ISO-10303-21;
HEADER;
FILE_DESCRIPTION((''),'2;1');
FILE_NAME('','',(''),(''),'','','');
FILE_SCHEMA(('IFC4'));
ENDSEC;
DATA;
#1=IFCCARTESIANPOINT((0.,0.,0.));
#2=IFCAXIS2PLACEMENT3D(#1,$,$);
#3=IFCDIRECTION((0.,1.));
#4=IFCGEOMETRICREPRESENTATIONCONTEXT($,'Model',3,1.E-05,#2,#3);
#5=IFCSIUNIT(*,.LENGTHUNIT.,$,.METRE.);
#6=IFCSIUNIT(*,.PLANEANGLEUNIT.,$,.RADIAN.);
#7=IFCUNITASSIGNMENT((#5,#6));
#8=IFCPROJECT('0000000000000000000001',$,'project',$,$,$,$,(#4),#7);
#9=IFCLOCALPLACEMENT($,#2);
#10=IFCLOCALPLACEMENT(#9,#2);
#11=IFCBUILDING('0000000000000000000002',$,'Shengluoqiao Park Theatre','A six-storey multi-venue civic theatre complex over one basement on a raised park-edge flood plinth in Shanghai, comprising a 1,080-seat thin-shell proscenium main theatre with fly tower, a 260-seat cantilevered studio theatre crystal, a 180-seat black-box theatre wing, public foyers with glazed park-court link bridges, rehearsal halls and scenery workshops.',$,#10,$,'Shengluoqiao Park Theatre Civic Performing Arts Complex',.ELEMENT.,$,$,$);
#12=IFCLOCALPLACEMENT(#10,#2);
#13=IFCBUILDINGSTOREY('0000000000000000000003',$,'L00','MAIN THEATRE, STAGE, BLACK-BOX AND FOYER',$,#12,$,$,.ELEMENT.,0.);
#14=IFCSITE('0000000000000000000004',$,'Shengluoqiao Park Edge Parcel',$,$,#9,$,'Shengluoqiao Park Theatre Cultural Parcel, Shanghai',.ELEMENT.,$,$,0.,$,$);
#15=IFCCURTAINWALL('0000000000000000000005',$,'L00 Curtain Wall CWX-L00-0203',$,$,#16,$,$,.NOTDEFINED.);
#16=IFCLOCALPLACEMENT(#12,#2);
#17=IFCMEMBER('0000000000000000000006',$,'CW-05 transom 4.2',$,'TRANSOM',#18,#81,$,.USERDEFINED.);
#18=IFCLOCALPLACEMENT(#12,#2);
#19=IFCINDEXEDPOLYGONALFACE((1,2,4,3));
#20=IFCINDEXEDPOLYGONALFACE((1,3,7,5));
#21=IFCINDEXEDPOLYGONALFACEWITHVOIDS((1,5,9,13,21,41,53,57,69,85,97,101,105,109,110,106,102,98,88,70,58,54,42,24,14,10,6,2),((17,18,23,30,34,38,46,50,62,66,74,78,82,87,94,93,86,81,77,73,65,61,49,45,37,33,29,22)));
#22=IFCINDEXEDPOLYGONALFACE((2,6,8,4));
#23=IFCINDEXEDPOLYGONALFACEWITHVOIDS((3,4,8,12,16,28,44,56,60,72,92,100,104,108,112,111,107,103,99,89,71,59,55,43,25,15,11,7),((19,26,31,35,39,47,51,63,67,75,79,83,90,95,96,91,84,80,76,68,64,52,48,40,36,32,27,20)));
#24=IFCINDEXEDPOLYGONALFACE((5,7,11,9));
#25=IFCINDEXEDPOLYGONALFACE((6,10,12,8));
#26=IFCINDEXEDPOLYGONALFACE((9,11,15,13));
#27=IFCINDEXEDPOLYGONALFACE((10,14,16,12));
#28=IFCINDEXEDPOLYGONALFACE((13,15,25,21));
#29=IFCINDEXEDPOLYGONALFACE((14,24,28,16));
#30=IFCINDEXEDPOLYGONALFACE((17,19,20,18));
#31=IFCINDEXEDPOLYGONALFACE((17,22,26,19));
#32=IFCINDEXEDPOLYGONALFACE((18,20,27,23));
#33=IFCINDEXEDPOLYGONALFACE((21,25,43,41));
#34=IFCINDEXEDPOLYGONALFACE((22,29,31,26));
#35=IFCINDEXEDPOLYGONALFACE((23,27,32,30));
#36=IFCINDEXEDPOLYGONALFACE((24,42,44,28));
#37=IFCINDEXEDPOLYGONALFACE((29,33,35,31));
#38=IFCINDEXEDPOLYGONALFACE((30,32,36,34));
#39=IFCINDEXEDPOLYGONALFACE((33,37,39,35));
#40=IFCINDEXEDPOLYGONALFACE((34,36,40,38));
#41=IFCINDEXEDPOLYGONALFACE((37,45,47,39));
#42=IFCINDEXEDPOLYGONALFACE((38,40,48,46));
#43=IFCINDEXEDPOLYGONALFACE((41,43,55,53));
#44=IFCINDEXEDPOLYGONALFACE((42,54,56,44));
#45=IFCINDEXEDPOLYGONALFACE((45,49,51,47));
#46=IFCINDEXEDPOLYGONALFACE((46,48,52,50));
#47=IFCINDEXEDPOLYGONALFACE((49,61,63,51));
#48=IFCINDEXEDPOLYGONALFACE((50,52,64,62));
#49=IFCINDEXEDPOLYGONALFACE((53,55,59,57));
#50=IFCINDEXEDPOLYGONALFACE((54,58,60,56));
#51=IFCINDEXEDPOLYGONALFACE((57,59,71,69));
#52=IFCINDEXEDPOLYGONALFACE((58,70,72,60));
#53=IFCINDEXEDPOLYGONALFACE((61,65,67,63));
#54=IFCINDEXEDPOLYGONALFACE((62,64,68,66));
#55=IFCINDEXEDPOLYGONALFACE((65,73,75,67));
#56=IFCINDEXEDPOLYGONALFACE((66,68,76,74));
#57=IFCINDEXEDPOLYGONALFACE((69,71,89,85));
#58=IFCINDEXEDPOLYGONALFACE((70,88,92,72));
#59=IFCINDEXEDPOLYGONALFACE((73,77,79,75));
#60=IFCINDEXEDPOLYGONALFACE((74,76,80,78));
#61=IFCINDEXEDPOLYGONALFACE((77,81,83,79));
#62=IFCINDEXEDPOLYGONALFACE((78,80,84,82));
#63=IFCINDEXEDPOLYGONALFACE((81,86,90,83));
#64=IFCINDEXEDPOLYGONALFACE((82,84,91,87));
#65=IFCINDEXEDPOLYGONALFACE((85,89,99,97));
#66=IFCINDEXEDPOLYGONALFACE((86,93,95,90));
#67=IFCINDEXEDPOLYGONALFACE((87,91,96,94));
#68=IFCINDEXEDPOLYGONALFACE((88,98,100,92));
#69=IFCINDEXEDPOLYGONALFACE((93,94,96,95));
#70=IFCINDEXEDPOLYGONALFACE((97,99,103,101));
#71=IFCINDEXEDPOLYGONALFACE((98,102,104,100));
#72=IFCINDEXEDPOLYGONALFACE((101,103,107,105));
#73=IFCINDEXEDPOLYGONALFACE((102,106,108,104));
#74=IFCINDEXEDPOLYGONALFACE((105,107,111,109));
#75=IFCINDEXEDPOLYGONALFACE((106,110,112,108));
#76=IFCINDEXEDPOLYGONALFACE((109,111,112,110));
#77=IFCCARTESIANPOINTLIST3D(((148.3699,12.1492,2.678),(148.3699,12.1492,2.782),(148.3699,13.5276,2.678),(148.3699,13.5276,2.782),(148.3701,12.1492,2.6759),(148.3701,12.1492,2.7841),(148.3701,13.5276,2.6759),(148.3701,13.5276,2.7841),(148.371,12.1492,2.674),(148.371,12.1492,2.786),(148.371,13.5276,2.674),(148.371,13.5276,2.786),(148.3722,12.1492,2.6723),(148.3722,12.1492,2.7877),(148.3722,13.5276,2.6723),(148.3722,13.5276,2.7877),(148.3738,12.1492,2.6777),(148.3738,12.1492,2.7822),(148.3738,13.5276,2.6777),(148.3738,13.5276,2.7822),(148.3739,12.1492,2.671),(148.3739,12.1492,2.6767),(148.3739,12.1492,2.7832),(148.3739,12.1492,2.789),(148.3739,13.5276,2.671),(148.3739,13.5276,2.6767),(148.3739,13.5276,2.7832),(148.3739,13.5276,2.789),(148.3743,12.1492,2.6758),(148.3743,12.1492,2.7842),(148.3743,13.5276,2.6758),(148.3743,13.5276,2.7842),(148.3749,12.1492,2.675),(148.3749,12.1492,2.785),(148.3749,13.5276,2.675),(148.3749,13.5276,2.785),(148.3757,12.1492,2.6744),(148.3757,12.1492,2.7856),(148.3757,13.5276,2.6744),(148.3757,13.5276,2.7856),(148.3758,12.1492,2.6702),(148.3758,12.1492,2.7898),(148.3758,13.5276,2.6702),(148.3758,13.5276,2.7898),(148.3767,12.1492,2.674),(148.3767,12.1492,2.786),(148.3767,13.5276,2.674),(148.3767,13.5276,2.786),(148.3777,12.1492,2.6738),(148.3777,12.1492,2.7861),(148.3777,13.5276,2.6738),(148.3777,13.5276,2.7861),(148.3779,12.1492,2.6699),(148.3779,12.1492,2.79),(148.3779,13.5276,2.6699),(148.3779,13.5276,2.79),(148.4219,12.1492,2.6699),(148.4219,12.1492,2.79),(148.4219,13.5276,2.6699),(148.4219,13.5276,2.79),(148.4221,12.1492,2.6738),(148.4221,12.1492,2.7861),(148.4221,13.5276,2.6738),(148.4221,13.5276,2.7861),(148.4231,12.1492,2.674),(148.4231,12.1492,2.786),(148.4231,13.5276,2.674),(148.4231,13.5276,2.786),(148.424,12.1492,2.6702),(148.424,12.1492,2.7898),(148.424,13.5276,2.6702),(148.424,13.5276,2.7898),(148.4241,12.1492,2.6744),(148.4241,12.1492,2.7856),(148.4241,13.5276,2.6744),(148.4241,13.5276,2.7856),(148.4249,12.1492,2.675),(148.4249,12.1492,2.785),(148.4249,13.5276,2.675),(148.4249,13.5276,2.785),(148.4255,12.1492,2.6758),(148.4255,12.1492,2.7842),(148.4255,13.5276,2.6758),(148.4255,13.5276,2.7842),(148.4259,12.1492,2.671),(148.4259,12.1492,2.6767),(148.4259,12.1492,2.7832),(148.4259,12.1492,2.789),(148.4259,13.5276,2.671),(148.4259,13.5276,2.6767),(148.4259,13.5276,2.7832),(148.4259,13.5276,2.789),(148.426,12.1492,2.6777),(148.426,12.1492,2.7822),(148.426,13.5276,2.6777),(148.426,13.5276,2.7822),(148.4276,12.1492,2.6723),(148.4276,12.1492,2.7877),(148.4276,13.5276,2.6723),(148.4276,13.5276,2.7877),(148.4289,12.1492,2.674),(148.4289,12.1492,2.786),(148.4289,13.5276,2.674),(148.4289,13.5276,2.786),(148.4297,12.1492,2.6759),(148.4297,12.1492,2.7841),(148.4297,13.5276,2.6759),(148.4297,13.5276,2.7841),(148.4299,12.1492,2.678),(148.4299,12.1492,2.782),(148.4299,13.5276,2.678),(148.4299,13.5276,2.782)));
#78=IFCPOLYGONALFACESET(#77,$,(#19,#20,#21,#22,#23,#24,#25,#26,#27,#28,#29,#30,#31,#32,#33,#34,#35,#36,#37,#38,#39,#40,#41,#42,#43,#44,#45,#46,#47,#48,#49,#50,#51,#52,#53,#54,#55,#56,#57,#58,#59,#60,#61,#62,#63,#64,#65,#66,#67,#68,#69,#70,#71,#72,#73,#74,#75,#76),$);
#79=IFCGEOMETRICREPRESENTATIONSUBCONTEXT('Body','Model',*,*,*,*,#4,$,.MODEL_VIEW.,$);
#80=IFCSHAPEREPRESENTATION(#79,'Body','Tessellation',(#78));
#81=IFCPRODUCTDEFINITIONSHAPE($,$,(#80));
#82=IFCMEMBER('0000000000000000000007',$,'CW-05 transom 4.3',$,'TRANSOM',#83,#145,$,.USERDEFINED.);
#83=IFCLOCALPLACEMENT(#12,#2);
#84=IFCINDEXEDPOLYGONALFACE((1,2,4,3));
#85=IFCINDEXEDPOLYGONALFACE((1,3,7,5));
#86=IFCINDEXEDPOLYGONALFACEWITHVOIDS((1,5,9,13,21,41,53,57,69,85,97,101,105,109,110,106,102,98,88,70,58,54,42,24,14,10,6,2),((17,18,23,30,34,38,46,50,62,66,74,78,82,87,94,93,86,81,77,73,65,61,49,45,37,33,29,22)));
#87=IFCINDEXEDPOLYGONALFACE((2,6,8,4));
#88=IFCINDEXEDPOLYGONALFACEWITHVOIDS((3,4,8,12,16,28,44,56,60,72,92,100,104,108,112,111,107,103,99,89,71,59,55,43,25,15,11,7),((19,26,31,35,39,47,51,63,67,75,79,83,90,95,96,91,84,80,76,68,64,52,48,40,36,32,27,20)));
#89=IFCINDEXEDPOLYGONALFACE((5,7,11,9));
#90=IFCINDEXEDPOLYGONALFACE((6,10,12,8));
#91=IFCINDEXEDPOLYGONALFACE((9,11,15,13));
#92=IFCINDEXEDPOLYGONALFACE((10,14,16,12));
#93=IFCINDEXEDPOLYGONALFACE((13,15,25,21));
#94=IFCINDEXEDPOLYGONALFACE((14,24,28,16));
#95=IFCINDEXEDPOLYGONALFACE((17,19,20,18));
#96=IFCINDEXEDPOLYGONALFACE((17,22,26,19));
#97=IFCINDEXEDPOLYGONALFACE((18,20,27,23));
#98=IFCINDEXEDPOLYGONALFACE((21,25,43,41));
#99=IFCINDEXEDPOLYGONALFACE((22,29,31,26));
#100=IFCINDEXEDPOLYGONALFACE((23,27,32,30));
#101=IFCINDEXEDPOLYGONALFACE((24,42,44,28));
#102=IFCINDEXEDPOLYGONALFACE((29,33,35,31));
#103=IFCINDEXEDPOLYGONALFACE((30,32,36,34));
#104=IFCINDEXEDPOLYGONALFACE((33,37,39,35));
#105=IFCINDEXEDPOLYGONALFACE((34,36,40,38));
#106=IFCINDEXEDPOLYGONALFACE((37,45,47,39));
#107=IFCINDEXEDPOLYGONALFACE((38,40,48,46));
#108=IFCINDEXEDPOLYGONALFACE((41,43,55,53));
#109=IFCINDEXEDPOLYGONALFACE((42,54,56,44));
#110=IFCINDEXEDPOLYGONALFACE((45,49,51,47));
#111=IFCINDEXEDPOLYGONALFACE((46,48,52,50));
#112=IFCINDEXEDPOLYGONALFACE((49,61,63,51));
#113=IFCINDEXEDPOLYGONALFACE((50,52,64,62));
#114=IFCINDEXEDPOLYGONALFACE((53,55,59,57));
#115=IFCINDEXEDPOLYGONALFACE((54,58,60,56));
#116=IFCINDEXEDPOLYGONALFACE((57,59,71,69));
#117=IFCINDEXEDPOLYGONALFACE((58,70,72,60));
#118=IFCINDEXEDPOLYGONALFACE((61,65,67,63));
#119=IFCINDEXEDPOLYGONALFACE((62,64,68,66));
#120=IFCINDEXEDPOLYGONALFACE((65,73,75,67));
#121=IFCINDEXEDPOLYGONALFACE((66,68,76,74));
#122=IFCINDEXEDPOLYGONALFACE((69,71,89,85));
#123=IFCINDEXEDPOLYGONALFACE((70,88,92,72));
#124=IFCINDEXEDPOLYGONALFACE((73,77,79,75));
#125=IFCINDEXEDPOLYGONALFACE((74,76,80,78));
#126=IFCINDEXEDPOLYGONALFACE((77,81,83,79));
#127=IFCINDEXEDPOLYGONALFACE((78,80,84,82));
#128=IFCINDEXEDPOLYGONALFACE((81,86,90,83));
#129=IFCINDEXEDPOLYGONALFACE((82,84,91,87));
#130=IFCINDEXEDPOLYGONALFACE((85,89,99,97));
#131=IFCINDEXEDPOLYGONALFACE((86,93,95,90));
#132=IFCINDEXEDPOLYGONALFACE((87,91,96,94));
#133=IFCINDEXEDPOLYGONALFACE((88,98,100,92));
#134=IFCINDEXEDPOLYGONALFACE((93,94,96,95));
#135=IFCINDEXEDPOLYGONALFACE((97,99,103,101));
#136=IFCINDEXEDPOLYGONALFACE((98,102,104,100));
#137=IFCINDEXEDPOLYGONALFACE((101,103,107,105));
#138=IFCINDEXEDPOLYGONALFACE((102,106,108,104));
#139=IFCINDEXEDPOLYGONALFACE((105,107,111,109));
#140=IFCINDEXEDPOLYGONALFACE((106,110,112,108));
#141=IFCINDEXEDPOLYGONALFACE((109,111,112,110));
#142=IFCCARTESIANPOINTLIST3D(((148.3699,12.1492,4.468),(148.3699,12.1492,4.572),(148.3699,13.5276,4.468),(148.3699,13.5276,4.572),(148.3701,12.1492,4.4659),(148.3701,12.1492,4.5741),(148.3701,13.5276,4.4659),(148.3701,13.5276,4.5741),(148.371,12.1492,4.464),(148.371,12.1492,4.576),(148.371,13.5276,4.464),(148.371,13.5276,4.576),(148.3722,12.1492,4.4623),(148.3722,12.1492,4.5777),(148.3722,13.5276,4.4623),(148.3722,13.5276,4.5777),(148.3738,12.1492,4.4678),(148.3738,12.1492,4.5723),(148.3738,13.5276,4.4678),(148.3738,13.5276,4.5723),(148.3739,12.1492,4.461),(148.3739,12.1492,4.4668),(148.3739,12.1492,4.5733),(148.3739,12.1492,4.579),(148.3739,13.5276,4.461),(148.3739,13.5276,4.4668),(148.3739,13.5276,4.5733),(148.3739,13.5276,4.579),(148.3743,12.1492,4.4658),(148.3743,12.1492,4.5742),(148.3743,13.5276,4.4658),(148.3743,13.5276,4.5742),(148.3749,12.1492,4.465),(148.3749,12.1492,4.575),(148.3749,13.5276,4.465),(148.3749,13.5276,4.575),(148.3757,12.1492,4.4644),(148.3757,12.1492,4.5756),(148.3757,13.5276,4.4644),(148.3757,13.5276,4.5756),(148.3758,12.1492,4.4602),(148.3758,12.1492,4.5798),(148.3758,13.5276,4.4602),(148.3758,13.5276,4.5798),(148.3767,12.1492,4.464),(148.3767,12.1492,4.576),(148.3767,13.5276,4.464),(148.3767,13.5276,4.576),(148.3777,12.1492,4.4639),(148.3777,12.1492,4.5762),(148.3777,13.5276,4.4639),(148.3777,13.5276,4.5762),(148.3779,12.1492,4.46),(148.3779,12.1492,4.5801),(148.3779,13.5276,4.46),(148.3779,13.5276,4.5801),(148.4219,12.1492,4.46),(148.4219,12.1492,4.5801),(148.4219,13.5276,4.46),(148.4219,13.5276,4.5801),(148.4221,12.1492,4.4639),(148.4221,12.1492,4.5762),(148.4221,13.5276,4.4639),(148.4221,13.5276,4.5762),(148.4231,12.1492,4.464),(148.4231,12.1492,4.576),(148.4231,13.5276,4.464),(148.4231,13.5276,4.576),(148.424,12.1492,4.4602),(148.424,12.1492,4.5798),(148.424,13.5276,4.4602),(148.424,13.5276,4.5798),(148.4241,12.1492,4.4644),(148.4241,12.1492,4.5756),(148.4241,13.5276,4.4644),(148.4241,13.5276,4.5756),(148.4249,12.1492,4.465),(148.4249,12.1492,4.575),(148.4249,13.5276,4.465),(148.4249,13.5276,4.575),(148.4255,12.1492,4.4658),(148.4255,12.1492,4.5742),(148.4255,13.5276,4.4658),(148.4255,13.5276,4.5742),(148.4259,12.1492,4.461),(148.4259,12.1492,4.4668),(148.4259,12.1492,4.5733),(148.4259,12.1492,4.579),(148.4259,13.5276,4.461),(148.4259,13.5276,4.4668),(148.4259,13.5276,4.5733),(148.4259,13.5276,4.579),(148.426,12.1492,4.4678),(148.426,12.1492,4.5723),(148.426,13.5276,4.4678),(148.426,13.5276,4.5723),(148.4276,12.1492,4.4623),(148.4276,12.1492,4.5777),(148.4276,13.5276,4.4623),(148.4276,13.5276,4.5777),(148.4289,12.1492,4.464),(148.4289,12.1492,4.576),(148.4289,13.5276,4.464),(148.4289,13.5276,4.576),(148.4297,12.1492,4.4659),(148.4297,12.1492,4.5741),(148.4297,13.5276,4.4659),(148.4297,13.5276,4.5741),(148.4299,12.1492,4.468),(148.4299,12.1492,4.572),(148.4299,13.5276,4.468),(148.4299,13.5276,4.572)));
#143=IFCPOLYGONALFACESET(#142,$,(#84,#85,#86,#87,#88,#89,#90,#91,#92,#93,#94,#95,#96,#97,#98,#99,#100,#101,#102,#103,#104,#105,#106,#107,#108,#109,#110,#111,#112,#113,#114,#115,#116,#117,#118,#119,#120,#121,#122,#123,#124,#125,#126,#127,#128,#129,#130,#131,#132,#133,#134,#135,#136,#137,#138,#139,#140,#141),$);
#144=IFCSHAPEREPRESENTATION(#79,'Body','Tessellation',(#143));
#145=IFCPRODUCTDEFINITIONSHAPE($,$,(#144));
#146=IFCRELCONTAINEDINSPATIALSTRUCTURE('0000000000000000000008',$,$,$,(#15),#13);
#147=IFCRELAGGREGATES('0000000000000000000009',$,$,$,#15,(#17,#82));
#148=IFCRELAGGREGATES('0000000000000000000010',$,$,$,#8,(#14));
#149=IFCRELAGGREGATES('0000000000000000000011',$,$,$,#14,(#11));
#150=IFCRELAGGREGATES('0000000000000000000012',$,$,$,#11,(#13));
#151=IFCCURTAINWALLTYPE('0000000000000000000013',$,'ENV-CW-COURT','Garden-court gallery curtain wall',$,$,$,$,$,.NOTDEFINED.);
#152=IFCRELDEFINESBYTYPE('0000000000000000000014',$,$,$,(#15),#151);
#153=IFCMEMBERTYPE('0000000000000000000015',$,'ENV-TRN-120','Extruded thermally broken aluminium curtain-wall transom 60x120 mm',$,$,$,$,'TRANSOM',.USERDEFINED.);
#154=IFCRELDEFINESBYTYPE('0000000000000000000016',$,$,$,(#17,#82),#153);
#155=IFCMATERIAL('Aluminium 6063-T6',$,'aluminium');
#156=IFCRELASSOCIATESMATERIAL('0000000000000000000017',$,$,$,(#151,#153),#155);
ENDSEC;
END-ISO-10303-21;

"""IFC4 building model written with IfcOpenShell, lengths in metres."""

from ifc_helpers import new_model, si_unit, direction, frame, origin, origin_2d, place, context, subcontext, project, spatial, hollow_rectangle, extrude, material, material_profile, profile_set, type_object, element, aggregate, save


model = new_model("IFC4")

# Units and contexts
model_context = context("Model", 3, precision=1e-05, world=origin(), true_north=direction((0.0, 1.0)))
body_context = subcontext(model_context, "Body", "Model", "MODEL_VIEW")
ifc_project = project(units=[si_unit("LENGTHUNIT", "METRE"), si_unit("PLANEANGLEUNIT", "RADIAN")], contexts=[model_context])

# Site, building, storey
site_placement = place(None, origin())
site = spatial("IfcSite", under=ifc_project, at=site_placement, Name="Shengluoqiao Park Edge Parcel", LongName="Shengluoqiao Park Theatre Cultural Parcel, Shanghai", CompositionType="ELEMENT", RefElevation=0.0)
building_placement = place(site_placement, origin())
building = spatial("IfcBuilding", under=site, at=building_placement, Name="Shengluoqiao Park Theatre", Description="A six-storey multi-venue civic theatre complex over one basement on a raised park-edge flood plinth in Shanghai, comprising a 1,080-seat thin-shell proscenium main theatre with fly tower, a 260-seat cantilevered studio theatre crystal, a 180-seat black-box theatre wing, public foyers with glazed park-court link bridges, rehearsal halls and scenery workshops.", LongName="Shengluoqiao Park Theatre Civic Performing Arts Complex", CompositionType="ELEMENT")
storey_placement = place(building_placement, origin())
storey = spatial("IfcBuildingStorey", under=building, at=storey_placement, Name="L00", Description="MAIN THEATRE, STAGE, BLACK-BOX AND FOYER", CompositionType="ELEMENT", Elevation=0.0)

# Curtain wall, members
ifc_material_1 = material(Name="Aluminium 6063-T6", Category="aluminium")
curtain_wall_type = type_object("IfcCurtainWallType", Name="ENV-CW-COURT", Description="Garden-court gallery curtain wall", PredefinedType="NOTDEFINED", material=ifc_material_1)
curtain_wall_placement = place(storey_placement, origin())
curtain_wall = element("IfcCurtainWall", 1, at=curtain_wall_placement, inside=storey, type_object=curtain_wall_type, Name="L00 Curtain Wall CWX-L00-0203", PredefinedType="NOTDEFINED")
ifc_material_profile_1 = material_profile(ifc_material_1, hollow_rectangle(XDim=0.0601, YDim=0.1201, WallThickness=0.0039, InnerFilletRadius=0.0039, OuterFilletRadius=0.0081, at=origin_2d()), Name="ALU TRANSOM 120x60x4")
ifc_profile_set_1 = profile_set([ifc_material_profile_1], Name="Aluminium 6063-T6")
member_type_1 = type_object("IfcMemberType", Name="ENV-TRN-120", Description="Extruded thermally broken aluminium curtain-wall transom 60x120 mm", ElementType="TRANSOM", PredefinedType="USERDEFINED", material=ifc_profile_set_1)
member_1_placement = place(storey_placement, frame((148.3999, 12.1492, 2.73), z_axis=(0.0, 1.0, 0.0), x_axis=(-1.0, 0.0, 0.0)))
member_1 = element("IfcMember", 2, at=member_1_placement, type_object=member_type_1, Name="CW-05 transom 4.2", ObjectType="TRANSOM", PredefinedType="USERDEFINED", context=body_context, shape_type="SweptSolid", body=[
    extrude(hollow_rectangle(XDim=0.0601, YDim=0.1201, WallThickness=0.0039, InnerFilletRadius=0.0039, OuterFilletRadius=0.0081, at=origin_2d()), origin(), (0.0, 0.0, 1.0), 1.3784),
])
member_2_placement = place(storey_placement, frame((148.3999, 12.1492, 4.52), z_axis=(0.0, 1.0, 0.0), x_axis=(-1.0, 0.0, 0.0)))
member_2 = element("IfcMember", 3, at=member_2_placement, type_object=member_type_1, Name="CW-05 transom 4.3", ObjectType="TRANSOM", PredefinedType="USERDEFINED", context=body_context, shape_type="SweptSolid", body=[
    extrude(hollow_rectangle(XDim=0.0601, YDim=0.1201, WallThickness=0.0039, InnerFilletRadius=0.0039, OuterFilletRadius=0.0081, at=origin_2d()), origin(), (0.0, 0.0, 1.0), 1.3784),
])
aggregate(curtain_wall, [member_1, member_2])

save(model, "model.ifc")
